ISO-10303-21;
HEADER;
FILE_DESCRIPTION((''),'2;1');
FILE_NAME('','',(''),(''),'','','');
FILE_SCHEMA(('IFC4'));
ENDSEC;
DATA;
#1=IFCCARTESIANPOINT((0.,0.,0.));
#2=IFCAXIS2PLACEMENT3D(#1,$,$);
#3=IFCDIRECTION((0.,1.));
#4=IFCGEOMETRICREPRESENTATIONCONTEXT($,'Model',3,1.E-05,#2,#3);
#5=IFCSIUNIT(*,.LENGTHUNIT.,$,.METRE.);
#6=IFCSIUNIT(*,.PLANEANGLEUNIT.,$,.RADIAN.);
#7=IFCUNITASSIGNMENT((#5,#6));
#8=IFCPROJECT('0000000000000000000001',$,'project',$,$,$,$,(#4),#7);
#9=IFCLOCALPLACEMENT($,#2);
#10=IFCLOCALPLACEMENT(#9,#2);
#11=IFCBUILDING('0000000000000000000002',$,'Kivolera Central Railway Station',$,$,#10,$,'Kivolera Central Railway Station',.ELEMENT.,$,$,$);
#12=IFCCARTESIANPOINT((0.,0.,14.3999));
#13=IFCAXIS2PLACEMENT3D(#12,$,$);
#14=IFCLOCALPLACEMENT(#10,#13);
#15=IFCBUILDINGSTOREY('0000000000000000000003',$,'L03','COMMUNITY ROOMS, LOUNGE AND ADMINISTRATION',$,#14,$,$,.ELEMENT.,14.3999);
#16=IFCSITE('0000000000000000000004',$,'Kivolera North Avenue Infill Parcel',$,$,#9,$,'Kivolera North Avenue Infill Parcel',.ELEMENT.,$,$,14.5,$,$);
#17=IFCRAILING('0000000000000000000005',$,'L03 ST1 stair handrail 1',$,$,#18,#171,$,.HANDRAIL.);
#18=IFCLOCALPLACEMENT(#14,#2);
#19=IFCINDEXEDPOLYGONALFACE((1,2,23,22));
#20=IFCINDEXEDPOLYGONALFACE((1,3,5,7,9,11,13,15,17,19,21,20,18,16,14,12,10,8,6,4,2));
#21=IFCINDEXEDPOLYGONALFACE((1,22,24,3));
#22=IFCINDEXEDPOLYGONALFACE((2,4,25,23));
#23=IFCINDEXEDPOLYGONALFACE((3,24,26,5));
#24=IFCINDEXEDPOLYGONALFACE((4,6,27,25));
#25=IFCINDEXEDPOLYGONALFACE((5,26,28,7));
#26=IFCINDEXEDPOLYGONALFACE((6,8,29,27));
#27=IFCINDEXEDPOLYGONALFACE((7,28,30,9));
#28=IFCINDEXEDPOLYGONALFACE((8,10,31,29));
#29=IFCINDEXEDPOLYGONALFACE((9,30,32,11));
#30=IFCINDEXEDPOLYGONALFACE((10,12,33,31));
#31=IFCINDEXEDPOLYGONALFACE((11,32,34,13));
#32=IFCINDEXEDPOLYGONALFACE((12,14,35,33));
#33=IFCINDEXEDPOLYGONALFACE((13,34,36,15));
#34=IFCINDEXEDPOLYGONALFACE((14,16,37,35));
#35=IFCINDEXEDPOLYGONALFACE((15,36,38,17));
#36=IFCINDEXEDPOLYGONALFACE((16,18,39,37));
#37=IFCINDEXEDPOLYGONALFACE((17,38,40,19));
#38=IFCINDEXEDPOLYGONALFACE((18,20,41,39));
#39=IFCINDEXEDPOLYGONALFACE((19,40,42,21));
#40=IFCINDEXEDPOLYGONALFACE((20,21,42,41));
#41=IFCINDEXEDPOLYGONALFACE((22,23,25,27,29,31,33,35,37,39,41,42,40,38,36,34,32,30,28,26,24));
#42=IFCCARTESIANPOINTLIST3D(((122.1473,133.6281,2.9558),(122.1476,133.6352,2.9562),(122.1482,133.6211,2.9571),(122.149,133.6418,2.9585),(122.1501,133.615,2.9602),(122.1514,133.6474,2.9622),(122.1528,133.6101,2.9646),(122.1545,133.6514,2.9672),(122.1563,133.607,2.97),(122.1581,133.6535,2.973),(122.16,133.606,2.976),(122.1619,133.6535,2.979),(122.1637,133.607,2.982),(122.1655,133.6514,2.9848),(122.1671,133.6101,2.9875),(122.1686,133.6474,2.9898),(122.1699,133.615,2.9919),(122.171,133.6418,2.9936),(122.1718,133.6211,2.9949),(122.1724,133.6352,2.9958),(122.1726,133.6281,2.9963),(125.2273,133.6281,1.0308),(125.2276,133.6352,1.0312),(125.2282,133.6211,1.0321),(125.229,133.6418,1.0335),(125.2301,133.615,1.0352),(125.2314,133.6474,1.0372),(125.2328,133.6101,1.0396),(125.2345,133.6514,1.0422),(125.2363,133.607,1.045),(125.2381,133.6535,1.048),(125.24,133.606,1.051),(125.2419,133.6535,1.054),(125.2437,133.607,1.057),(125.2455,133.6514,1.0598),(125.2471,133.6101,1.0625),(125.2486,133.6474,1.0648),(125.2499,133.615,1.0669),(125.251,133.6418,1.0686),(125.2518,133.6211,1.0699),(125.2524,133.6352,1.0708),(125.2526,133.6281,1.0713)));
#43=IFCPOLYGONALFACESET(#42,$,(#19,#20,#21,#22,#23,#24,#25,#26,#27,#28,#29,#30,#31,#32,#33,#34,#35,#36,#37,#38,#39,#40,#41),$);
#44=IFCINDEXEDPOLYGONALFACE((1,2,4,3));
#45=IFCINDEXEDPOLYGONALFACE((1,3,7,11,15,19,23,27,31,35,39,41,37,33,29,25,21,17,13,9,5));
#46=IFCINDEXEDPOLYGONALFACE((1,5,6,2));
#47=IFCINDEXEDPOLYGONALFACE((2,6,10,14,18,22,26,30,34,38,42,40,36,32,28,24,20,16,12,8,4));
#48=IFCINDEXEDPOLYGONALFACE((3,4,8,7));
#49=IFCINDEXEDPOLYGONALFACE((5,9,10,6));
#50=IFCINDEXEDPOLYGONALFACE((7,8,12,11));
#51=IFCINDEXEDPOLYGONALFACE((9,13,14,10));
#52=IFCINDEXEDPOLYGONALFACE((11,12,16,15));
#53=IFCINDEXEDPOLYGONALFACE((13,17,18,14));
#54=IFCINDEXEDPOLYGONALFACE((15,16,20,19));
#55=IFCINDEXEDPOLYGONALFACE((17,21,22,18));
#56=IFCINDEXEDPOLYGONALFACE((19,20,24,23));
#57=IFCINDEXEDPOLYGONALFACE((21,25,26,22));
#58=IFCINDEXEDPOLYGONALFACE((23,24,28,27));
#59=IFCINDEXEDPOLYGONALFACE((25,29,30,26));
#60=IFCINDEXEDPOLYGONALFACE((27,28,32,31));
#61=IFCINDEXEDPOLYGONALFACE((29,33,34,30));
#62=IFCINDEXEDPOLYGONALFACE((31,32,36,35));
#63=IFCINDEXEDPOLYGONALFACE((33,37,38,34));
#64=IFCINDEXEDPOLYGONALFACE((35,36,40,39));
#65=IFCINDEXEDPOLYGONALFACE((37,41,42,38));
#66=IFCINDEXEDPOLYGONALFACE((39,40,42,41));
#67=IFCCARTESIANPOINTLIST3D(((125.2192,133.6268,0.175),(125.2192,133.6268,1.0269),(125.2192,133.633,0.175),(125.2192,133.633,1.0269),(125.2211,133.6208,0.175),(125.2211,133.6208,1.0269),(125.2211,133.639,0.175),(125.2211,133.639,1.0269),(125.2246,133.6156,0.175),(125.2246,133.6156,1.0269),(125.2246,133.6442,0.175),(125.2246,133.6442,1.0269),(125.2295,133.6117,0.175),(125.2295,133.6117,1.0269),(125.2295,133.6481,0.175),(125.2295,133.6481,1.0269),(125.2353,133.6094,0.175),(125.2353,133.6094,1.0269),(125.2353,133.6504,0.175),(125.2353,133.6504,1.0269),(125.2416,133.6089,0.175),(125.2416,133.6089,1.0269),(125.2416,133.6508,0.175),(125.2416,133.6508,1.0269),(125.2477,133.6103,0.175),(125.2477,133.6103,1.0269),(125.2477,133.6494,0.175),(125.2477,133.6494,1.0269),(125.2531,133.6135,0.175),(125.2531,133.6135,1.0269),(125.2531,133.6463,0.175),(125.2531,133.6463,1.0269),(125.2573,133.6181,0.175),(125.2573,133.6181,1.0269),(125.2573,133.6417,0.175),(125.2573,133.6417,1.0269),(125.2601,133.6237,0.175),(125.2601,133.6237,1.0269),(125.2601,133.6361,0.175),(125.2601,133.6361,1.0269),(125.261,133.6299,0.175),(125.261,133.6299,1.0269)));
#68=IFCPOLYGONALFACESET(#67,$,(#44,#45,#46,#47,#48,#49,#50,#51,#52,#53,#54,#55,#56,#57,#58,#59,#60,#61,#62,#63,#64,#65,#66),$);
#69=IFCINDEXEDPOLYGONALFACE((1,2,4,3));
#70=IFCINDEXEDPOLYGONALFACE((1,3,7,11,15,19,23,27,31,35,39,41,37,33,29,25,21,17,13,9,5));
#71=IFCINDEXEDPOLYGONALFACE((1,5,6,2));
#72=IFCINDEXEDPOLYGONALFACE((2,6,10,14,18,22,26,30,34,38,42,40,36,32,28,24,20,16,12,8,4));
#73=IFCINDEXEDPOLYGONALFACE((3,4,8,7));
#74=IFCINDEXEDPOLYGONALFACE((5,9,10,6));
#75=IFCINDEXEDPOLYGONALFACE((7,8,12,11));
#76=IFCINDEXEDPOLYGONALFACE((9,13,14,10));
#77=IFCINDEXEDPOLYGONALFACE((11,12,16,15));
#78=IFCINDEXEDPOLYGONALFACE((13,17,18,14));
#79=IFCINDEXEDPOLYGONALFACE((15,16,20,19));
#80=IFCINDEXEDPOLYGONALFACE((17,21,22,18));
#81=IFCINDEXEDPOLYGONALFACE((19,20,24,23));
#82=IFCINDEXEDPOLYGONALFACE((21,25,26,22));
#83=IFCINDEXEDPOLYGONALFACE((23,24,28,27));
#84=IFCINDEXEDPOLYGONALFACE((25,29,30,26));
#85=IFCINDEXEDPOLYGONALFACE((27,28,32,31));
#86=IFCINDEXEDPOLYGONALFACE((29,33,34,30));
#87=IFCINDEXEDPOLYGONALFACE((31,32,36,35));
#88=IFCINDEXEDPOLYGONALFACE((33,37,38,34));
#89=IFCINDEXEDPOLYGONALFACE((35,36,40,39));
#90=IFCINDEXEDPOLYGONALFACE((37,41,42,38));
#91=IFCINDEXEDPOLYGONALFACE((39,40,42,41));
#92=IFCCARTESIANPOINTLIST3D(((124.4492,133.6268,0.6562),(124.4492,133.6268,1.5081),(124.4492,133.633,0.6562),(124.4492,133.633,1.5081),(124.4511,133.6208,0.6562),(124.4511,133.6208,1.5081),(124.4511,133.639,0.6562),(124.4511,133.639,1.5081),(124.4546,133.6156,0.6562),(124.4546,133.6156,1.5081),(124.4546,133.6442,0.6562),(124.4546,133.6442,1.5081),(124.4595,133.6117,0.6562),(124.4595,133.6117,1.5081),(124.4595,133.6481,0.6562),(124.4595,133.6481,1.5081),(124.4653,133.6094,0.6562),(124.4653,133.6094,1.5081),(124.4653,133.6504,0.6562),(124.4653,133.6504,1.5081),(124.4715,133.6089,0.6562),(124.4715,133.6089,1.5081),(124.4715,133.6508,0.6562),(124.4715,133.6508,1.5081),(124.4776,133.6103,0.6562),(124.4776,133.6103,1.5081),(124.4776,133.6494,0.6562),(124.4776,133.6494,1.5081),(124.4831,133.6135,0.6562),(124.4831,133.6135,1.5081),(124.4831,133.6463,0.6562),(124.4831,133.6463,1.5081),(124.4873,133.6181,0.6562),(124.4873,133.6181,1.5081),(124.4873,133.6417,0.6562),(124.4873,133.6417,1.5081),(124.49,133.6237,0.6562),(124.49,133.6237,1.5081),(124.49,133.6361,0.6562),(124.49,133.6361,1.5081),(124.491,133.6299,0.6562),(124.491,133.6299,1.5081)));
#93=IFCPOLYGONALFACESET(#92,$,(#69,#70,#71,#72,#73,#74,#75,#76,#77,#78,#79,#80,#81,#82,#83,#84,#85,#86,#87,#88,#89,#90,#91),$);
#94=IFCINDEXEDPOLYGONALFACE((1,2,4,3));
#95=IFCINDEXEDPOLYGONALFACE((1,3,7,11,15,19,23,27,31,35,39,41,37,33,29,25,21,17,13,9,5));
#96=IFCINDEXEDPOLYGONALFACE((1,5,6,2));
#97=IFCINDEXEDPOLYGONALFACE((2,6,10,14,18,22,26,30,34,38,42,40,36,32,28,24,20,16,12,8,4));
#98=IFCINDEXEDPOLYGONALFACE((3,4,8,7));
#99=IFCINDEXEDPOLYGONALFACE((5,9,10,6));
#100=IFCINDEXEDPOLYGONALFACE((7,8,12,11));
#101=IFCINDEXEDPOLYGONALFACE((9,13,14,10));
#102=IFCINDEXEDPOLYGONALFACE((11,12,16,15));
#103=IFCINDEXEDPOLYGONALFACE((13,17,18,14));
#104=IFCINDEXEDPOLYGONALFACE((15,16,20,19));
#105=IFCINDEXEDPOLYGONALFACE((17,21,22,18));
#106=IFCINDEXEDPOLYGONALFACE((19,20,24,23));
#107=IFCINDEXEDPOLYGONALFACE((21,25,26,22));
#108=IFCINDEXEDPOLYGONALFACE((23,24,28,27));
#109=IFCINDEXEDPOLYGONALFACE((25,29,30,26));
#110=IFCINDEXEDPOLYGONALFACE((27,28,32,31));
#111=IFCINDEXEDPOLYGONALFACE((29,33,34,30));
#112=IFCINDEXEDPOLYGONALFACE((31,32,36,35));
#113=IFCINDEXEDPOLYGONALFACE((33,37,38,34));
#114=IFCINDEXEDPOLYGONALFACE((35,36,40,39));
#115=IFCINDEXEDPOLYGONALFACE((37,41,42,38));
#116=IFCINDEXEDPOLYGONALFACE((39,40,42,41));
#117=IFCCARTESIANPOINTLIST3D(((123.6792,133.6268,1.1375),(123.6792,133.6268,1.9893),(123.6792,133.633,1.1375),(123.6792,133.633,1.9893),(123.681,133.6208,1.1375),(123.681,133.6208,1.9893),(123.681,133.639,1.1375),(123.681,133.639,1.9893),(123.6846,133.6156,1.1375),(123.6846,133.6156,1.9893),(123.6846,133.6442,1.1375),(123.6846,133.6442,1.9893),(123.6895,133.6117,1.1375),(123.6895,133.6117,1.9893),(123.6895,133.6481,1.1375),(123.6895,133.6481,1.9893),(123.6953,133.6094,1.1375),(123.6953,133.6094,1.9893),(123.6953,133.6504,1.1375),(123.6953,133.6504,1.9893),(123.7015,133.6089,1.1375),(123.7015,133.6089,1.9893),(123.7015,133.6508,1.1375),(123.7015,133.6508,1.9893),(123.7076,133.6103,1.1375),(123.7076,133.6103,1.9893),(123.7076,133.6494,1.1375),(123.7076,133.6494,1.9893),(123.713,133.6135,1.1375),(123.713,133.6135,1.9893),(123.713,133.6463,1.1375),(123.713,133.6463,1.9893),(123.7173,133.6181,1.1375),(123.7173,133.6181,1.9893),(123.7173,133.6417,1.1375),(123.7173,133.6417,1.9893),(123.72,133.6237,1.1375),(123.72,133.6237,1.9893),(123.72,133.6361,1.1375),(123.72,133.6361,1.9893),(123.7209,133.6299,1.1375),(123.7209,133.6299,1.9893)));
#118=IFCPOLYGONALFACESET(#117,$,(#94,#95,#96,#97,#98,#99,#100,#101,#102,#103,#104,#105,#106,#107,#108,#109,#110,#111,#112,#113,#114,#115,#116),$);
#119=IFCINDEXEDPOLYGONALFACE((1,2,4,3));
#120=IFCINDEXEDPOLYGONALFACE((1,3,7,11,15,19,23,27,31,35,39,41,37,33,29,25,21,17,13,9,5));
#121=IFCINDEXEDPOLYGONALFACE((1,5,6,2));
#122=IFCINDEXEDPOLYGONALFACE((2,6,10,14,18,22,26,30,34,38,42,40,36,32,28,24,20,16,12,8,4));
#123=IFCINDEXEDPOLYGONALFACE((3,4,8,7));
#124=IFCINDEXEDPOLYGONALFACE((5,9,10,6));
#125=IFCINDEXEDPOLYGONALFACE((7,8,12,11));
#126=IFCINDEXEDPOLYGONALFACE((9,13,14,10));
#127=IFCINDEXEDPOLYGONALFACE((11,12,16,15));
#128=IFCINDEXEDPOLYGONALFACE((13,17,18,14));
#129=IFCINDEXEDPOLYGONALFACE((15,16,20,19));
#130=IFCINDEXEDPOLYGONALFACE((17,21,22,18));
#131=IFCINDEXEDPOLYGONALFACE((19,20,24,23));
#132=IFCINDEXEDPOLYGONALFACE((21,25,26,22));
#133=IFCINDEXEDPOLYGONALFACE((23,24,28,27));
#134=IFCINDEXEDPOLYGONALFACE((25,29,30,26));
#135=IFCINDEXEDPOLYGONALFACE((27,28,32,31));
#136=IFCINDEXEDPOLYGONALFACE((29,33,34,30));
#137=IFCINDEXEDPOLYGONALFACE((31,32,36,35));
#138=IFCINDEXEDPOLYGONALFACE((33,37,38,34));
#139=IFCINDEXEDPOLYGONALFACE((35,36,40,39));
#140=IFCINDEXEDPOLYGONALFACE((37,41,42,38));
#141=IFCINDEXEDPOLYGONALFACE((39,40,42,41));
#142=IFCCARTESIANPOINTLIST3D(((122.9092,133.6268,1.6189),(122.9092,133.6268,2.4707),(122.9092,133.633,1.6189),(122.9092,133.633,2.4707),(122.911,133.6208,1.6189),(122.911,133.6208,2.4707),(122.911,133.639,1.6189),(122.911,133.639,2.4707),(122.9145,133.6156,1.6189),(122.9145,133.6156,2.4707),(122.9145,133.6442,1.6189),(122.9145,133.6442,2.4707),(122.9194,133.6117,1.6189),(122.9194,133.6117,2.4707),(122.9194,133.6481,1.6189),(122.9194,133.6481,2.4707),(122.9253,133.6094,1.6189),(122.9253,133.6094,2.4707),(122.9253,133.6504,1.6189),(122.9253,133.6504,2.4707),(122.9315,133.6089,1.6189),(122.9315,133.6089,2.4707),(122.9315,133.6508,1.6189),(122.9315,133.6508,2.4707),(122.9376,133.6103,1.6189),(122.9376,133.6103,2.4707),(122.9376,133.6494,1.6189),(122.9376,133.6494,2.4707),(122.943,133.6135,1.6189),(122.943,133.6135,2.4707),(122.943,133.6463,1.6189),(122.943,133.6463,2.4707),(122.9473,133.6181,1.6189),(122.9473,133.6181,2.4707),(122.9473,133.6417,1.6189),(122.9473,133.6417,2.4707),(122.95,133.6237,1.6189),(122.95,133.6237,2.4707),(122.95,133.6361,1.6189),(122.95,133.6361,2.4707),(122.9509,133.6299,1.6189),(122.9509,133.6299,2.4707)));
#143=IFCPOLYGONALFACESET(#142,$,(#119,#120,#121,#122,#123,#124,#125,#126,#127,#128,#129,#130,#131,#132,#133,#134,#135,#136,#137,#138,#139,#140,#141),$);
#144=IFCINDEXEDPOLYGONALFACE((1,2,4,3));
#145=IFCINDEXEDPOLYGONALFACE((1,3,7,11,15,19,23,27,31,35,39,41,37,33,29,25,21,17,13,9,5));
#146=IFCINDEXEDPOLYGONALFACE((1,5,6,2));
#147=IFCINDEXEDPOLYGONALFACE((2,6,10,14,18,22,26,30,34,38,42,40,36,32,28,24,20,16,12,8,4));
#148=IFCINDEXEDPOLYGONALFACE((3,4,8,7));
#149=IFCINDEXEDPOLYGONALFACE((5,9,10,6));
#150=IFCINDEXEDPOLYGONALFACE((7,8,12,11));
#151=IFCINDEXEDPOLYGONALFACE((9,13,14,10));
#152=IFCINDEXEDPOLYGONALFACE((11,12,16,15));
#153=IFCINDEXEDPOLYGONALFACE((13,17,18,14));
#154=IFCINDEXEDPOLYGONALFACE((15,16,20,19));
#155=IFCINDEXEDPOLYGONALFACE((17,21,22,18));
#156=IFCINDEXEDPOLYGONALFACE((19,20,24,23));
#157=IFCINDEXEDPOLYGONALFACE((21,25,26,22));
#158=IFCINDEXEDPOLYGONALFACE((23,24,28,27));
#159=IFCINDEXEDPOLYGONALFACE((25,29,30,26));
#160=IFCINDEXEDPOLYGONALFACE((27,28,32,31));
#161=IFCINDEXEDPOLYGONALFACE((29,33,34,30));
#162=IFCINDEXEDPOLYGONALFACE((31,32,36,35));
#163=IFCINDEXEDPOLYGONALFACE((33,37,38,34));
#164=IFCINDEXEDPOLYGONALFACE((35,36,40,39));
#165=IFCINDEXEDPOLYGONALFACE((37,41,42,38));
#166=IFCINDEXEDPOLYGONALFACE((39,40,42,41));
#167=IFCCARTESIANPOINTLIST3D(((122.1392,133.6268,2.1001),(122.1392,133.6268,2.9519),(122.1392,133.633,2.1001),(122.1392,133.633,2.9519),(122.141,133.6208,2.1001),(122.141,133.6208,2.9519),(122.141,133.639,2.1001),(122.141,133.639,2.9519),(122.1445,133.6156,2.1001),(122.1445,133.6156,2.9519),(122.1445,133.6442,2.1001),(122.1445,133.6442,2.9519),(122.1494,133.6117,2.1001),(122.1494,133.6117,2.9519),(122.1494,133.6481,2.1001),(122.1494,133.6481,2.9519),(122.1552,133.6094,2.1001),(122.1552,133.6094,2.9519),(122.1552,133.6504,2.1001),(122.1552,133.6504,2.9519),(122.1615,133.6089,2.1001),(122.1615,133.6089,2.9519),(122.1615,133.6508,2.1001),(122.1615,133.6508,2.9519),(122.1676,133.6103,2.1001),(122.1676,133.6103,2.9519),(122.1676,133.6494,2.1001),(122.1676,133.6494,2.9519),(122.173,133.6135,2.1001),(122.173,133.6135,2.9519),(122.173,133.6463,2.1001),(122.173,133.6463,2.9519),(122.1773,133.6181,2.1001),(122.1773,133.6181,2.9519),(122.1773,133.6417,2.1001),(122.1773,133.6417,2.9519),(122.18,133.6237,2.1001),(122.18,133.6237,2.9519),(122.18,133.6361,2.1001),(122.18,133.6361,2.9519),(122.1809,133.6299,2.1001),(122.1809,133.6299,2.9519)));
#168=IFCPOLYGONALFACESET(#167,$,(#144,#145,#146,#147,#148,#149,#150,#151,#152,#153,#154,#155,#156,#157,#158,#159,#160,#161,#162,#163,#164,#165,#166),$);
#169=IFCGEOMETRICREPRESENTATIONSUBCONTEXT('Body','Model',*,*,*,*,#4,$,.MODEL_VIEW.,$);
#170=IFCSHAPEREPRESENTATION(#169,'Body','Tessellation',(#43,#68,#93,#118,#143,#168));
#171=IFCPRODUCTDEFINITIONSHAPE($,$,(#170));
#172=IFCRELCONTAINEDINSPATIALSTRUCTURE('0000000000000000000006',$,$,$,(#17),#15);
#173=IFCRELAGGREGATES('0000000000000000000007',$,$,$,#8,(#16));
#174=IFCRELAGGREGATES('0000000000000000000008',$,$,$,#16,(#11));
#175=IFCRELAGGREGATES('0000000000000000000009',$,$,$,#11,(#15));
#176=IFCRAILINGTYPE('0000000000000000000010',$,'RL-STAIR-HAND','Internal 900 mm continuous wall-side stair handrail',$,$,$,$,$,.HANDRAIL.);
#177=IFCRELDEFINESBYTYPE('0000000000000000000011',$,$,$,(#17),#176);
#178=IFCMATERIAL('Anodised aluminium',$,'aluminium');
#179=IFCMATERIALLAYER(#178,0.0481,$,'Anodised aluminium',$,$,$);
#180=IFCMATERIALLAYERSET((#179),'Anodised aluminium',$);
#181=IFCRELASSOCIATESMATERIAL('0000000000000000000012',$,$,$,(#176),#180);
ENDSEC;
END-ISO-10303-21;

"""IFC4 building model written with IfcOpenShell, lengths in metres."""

from ifc_helpers import new_model, si_unit, direction, frame, origin, origin_2d, place, context, subcontext, project, spatial, circle, extrude, material, layer, layer_set, type_object, element, save


model = new_model("IFC4")

# Units and contexts
model_context = context("Model", 3, precision=1e-05, world=origin(), true_north=direction((0.0, 1.0)))
body_context = subcontext(model_context, "Body", "Model", "MODEL_VIEW")
ifc_project = project(units=[si_unit("LENGTHUNIT", "METRE"), si_unit("PLANEANGLEUNIT", "RADIAN")], contexts=[model_context])

# Site, building, storey
site_placement = place(None, origin())
site = spatial("IfcSite", under=ifc_project, at=site_placement, Name="Kivolera North Avenue Infill Parcel", LongName="Kivolera North Avenue Infill Parcel", CompositionType="ELEMENT", RefElevation=14.5)
building_placement = place(site_placement, origin())
building = spatial("IfcBuilding", under=site, at=building_placement, Name="Kivolera Central Railway Station", LongName="Kivolera Central Railway Station", CompositionType="ELEMENT")
storey_placement = place(building_placement, frame((0.0, 0.0, 14.3999)))
storey = spatial("IfcBuildingStorey", under=building, at=storey_placement, Name="L03", Description="COMMUNITY ROOMS, LOUNGE AND ADMINISTRATION", CompositionType="ELEMENT", Elevation=14.3999)

# Shared definitions
ifc_material_1 = material(Name="Anodised aluminium", Category="aluminium")

# Railing
ifc_layer_1 = layer(ifc_material_1, 0.0481, Name="Anodised aluminium")
ifc_layer_set_1 = layer_set([ifc_layer_1], Name="Anodised aluminium")
railing_type_1 = type_object("IfcRailingType", Name="RL-STAIR-HAND", Description="Internal 900 mm continuous wall-side stair handrail", PredefinedType="HANDRAIL", material=ifc_layer_set_1)
railing_1_placement = place(storey_placement, frame((125.24, 133.6299, 0.175)))
element("IfcRailing", 1, at=railing_1_placement, inside=storey, type_object=railing_type_1, Name="L03 ST1 stair handrail 1", PredefinedType="HANDRAIL", context=body_context, shape_type="SweptSolid", body=[
    extrude(circle(Radius=0.0239, at=origin_2d()), frame((0.0, 0.0, 0.876), z_axis=(-0.847998, 0.0, 0.529999), x_axis=(0.0, -1.0, 0.0)), (0.0, 0.0, 1.0), 3.6321),
    extrude(circle(Radius=0.021, at=origin_2d()), origin(), (0.0, 0.0, 1.0), 0.8518),
    extrude(circle(Radius=0.021, at=origin_2d()), frame((-0.77, 0.0, 0.4812)), (0.0, 0.0, 1.0), 0.8518),
    extrude(circle(Radius=0.021, at=origin_2d()), frame((-1.54, 0.0, 0.9624)), (0.0, 0.0, 1.0), 0.8518),
    extrude(circle(Radius=0.021, at=origin_2d()), frame((-2.3101, 0.0, 1.4438)), (0.0, 0.0, 1.0), 0.8518),
    extrude(circle(Radius=0.021, at=origin_2d()), frame((-3.0801, 0.0, 1.925)), (0.0, 0.0, 1.0), 0.8518),
])

save(model, "model.ifc")
